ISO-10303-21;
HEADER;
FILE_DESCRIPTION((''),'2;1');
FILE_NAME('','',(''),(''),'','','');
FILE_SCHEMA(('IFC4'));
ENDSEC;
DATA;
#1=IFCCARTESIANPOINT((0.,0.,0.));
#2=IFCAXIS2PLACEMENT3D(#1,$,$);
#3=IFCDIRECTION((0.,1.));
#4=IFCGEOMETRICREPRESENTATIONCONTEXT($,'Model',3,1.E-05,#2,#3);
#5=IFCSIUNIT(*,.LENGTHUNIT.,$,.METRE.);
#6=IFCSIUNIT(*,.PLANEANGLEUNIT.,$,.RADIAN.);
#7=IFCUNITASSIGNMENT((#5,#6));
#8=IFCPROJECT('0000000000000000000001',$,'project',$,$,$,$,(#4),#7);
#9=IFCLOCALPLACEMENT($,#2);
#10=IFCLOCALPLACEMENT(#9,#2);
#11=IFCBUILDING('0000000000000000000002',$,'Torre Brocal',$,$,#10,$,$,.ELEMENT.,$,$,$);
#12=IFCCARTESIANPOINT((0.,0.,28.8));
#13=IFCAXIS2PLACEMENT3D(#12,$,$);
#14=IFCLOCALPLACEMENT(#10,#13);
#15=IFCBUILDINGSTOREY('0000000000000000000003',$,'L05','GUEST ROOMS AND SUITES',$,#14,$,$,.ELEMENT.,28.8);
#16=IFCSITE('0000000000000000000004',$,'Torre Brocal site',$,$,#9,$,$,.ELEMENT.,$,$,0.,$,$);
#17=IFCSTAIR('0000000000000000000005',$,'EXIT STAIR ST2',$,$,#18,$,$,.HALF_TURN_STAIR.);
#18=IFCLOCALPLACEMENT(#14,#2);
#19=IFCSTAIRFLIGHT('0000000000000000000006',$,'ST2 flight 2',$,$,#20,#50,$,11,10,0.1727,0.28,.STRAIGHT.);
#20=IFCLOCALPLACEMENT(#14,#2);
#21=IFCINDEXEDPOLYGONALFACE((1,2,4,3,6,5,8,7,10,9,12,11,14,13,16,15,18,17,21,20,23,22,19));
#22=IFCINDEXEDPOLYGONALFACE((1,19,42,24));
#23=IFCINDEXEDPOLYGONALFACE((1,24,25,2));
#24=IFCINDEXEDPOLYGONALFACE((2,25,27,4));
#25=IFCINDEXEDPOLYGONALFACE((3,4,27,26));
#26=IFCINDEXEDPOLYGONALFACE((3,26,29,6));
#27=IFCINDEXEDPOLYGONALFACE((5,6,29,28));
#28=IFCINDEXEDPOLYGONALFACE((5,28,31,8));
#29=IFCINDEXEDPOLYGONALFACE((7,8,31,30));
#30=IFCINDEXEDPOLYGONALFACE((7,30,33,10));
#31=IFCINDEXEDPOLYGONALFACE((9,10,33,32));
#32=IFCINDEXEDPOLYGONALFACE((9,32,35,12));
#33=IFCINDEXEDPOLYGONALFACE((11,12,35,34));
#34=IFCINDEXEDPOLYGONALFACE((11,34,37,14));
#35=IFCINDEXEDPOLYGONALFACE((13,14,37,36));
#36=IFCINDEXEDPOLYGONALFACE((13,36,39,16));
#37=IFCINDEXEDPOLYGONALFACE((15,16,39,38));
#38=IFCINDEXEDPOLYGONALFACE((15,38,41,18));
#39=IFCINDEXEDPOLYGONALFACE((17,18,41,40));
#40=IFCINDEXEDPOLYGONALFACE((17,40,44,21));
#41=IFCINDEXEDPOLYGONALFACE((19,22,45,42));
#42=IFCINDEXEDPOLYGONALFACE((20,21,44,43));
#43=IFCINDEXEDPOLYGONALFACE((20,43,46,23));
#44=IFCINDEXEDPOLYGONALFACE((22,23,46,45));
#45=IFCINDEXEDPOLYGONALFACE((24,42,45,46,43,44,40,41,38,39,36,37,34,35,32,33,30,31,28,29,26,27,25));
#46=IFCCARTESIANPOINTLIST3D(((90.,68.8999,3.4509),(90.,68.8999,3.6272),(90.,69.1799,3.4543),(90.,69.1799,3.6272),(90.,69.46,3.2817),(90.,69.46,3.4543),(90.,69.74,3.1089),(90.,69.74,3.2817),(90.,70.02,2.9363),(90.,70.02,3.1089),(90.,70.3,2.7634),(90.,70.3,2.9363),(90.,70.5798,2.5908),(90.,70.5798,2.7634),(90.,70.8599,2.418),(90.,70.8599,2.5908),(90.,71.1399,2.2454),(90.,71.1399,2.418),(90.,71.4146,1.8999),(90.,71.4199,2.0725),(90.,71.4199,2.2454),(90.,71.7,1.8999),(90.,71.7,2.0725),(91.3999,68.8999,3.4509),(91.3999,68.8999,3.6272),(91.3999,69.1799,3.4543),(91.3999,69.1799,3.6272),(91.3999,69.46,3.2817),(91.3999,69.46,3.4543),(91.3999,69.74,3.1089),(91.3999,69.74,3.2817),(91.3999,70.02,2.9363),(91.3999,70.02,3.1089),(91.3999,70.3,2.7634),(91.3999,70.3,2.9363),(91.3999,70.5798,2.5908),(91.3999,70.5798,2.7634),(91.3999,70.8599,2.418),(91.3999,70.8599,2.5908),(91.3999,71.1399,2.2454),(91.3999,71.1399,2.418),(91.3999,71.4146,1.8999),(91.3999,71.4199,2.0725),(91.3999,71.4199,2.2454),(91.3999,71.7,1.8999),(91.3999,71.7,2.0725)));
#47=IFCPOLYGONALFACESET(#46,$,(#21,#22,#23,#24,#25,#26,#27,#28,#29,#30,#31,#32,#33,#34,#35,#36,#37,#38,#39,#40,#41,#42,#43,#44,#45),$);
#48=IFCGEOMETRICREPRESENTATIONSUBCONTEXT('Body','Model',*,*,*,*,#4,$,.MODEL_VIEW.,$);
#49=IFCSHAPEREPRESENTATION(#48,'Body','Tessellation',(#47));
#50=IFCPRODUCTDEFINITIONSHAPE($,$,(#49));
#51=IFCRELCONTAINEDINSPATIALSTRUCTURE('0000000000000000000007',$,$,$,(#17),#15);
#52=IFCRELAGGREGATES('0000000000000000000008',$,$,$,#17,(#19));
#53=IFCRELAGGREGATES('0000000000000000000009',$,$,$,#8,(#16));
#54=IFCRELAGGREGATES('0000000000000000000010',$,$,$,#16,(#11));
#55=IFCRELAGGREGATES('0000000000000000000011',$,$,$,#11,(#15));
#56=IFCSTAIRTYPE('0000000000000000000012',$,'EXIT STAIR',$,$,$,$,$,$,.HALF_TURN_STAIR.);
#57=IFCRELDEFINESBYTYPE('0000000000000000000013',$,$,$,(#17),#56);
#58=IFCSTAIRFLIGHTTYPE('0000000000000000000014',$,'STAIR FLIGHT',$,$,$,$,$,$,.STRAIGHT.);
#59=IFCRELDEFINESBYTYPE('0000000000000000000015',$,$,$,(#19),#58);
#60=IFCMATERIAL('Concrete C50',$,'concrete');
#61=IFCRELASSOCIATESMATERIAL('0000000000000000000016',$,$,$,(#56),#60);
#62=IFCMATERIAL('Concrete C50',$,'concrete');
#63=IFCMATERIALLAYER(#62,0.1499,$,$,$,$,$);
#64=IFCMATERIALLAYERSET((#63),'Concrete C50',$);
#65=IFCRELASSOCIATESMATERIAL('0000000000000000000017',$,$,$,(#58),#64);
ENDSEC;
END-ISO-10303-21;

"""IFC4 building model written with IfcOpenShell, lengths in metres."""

from ifc_helpers import new_model, si_unit, direction, frame, origin, place, context, subcontext, project, spatial, polyline, outline, extrude, material, layer, layer_set, type_object, element, aggregate, save


model = new_model("IFC4")

# Units and contexts
model_context = context("Model", 3, precision=1e-05, world=origin(), true_north=direction((0.0, 1.0)))
body_context = subcontext(model_context, "Body", "Model", "MODEL_VIEW")
ifc_project = project(units=[si_unit("LENGTHUNIT", "METRE"), si_unit("PLANEANGLEUNIT", "RADIAN")], contexts=[model_context])

# Site, building, storey
site_placement = place(None, origin())
site = spatial("IfcSite", under=ifc_project, at=site_placement, Name="Torre Brocal site", CompositionType="ELEMENT", RefElevation=0.0)
building_placement = place(site_placement, origin())
building = spatial("IfcBuilding", under=site, at=building_placement, Name="Torre Brocal", CompositionType="ELEMENT")
storey_placement = place(building_placement, frame((0.0, 0.0, 28.8)))
storey = spatial("IfcBuildingStorey", under=building, at=storey_placement, Name="L05", Description="GUEST ROOMS AND SUITES", CompositionType="ELEMENT", Elevation=28.8)

# Stair, stair flight
ifc_material_1 = material(Name="Concrete C50", Category="concrete")
stair_type = type_object("IfcStairType", Name="EXIT STAIR", PredefinedType="HALF_TURN_STAIR", material=ifc_material_1)
stair_placement = place(storey_placement, origin())
stair = element("IfcStair", 1, at=stair_placement, inside=storey, type_object=stair_type, Name="EXIT STAIR ST2", PredefinedType="HALF_TURN_STAIR")
ifc_material_2 = material(Name="Concrete C50", Category="concrete")
ifc_layer_1 = layer(ifc_material_2, 0.1499)
ifc_layer_set_1 = layer_set([ifc_layer_1], Name="Concrete C50")
stair_flight_type = type_object("IfcStairFlightType", Name="STAIR FLIGHT", PredefinedType="STRAIGHT", material=ifc_layer_set_1)
stair_flight_1_placement = place(storey_placement, frame((90.7, 71.7, 1.8999), z_axis=(0.0, 0.0, 1.0), x_axis=(0.0, -1.0, 0.0)))
stair_flight_1 = element("IfcStairFlight", 2, at=stair_flight_1_placement, type_object=stair_flight_type, Name="ST2 flight 2", NumberOfRisers=11, NumberOfTreads=10, PredefinedType="STRAIGHT", RiserHeight=0.1727, TreadLength=0.28, context=body_context, shape_type="SweptSolid", body=[
    extrude(outline(polyline([(0.0, 0.0), (0.0, 0.1726), (0.28, 0.1726), (0.28, 0.3455), (0.5601, 0.3455), (0.5601, 0.5181), (0.8401, 0.5181), (0.8401, 0.6909), (1.1201, 0.6909), (1.1201, 0.8635), (1.3999, 0.8635), (1.3999, 1.0364), (1.6799, 1.0364), (1.6799, 1.209), (1.96, 1.209), (1.96, 1.3818), (2.24, 1.3818), (2.24, 1.5544), (2.52, 1.5544), (2.52, 1.7273), (2.8, 1.7273), (2.8, 1.8999), (2.8, 1.551), (0.2854, 0.0), (0.0, 0.0)])), frame((0.0, 0.7, 0.0), z_axis=(0.0, -1.0, 0.0), x_axis=(1.0, 0.0, 0.0)), (0.0, 0.0, 1.0), 1.3999),
])
aggregate(stair, [stair_flight_1])

save(model, "model.ifc")
